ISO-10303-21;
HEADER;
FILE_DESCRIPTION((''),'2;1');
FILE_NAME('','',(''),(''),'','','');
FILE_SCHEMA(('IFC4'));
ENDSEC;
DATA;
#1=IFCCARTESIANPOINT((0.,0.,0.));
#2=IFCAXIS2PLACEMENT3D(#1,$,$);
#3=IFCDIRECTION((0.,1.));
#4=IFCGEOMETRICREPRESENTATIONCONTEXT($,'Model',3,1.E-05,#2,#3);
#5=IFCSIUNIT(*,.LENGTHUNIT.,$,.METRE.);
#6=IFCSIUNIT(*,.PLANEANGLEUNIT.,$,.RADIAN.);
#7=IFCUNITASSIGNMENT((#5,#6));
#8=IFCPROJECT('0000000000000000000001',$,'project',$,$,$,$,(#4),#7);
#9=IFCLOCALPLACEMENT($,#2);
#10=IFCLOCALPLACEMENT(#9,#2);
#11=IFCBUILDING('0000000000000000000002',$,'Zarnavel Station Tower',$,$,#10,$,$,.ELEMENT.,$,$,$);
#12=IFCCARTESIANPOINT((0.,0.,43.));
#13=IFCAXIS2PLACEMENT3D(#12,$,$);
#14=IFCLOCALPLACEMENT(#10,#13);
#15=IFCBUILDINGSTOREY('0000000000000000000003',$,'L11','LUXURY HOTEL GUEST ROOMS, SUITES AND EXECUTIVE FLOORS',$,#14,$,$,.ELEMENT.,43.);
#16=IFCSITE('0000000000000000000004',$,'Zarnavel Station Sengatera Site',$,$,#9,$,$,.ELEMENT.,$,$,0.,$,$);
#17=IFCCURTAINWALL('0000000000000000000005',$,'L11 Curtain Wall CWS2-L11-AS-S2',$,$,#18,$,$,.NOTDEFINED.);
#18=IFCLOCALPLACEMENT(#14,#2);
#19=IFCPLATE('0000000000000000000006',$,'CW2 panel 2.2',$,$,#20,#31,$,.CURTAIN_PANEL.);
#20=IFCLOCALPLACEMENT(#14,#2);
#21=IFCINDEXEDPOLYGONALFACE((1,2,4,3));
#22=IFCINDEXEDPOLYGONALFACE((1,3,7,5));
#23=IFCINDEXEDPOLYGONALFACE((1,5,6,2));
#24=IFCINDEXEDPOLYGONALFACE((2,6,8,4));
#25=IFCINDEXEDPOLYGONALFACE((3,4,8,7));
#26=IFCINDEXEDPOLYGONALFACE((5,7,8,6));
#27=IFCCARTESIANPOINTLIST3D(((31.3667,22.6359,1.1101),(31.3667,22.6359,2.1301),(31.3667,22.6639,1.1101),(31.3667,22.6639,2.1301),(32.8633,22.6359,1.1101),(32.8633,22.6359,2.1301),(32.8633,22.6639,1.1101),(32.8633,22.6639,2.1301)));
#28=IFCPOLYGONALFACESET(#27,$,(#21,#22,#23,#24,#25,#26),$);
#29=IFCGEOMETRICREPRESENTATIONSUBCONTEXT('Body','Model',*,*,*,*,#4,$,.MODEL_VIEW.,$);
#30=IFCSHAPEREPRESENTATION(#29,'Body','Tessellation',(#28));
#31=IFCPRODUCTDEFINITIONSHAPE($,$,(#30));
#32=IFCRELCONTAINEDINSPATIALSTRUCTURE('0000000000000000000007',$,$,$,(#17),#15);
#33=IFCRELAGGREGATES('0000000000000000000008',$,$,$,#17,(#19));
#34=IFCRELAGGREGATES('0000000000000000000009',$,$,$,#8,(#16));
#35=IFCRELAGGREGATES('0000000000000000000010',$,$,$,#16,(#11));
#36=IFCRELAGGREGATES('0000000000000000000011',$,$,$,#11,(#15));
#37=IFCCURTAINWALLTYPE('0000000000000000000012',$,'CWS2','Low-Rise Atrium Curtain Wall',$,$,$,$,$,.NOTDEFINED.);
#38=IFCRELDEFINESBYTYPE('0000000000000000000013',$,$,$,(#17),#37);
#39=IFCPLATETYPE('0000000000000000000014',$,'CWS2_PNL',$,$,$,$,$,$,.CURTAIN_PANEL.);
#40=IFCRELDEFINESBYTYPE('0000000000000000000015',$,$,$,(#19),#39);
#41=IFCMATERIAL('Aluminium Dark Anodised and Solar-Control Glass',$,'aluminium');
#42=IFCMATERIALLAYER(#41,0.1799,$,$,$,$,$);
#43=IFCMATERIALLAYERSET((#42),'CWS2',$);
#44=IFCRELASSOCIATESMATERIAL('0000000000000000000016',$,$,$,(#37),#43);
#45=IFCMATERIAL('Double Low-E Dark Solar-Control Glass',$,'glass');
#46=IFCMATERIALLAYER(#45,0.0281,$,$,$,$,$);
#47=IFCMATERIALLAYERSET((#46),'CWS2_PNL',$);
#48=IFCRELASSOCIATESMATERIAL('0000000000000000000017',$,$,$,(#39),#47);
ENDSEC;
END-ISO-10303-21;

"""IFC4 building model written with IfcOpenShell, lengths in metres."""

from ifc_helpers import new_model, si_unit, direction, frame, origin, origin_2d, place, context, subcontext, project, spatial, rectangle, extrude, material, layer, layer_set, type_object, element, aggregate, save


model = new_model("IFC4")

# Units and contexts
model_context = context("Model", 3, precision=1e-05, world=origin(), true_north=direction((0.0, 1.0)))
body_context = subcontext(model_context, "Body", "Model", "MODEL_VIEW")
ifc_project = project(units=[si_unit("LENGTHUNIT", "METRE"), si_unit("PLANEANGLEUNIT", "RADIAN")], contexts=[model_context])

# Site, building, storey
site_placement = place(None, origin())
site = spatial("IfcSite", under=ifc_project, at=site_placement, Name="Zarnavel Station Sengatera Site", CompositionType="ELEMENT", RefElevation=0.0)
building_placement = place(site_placement, origin())
building = spatial("IfcBuilding", under=site, at=building_placement, Name="Zarnavel Station Tower", CompositionType="ELEMENT")
storey_placement = place(building_placement, frame((0.0, 0.0, 43.0)))
storey = spatial("IfcBuildingStorey", under=building, at=storey_placement, Name="L11", Description="LUXURY HOTEL GUEST ROOMS, SUITES AND EXECUTIVE FLOORS", CompositionType="ELEMENT", Elevation=43.0)

# Shared definitions
ifc_material_1 = material(Name="Aluminium Dark Anodised and Solar-Control Glass", Category="aluminium")
ifc_layer_1 = layer(ifc_material_1, 0.1799)
ifc_layer_set_1 = layer_set([ifc_layer_1], Name="CWS2")
curtain_wall_type = type_object("IfcCurtainWallType", Name="CWS2", Description="Low-Rise Atrium Curtain Wall", PredefinedType="NOTDEFINED", material=ifc_layer_set_1)

# Curtain wall
curtain_wall_1_placement = place(storey_placement, origin())
curtain_wall_1 = element("IfcCurtainWall", 1, at=curtain_wall_1_placement, inside=storey, type_object=curtain_wall_type, Name="L11 Curtain Wall CWS2-L11-AS-S2", PredefinedType="NOTDEFINED")

# Plate
ifc_material_2 = material(Name="Double Low-E Dark Solar-Control Glass", Category="glass")
ifc_layer_2 = layer(ifc_material_2, 0.0281)
ifc_layer_set_2 = layer_set([ifc_layer_2], Name="CWS2_PNL")
plate_type = type_object("IfcPlateType", Name="CWS2_PNL", PredefinedType="CURTAIN_PANEL", material=ifc_layer_set_2)
plate_1_placement = place(storey_placement, frame((32.115, 22.6499, 1.1101), z_axis=(0.0, 0.0, 1.0), x_axis=(1.0, 0.0, 0.0)))
plate_1 = element("IfcPlate", 2, at=plate_1_placement, type_object=plate_type, Name="CW2 panel 2.2", PredefinedType="CURTAIN_PANEL", context=body_context, shape_type="SweptSolid", body=[
    extrude(rectangle(XDim=1.4966, YDim=0.0281, at=origin_2d()), origin(), (0.0, 0.0, 1.0), 1.02),
])
aggregate(curtain_wall_1, [plate_1])

save(model, "model.ifc")
